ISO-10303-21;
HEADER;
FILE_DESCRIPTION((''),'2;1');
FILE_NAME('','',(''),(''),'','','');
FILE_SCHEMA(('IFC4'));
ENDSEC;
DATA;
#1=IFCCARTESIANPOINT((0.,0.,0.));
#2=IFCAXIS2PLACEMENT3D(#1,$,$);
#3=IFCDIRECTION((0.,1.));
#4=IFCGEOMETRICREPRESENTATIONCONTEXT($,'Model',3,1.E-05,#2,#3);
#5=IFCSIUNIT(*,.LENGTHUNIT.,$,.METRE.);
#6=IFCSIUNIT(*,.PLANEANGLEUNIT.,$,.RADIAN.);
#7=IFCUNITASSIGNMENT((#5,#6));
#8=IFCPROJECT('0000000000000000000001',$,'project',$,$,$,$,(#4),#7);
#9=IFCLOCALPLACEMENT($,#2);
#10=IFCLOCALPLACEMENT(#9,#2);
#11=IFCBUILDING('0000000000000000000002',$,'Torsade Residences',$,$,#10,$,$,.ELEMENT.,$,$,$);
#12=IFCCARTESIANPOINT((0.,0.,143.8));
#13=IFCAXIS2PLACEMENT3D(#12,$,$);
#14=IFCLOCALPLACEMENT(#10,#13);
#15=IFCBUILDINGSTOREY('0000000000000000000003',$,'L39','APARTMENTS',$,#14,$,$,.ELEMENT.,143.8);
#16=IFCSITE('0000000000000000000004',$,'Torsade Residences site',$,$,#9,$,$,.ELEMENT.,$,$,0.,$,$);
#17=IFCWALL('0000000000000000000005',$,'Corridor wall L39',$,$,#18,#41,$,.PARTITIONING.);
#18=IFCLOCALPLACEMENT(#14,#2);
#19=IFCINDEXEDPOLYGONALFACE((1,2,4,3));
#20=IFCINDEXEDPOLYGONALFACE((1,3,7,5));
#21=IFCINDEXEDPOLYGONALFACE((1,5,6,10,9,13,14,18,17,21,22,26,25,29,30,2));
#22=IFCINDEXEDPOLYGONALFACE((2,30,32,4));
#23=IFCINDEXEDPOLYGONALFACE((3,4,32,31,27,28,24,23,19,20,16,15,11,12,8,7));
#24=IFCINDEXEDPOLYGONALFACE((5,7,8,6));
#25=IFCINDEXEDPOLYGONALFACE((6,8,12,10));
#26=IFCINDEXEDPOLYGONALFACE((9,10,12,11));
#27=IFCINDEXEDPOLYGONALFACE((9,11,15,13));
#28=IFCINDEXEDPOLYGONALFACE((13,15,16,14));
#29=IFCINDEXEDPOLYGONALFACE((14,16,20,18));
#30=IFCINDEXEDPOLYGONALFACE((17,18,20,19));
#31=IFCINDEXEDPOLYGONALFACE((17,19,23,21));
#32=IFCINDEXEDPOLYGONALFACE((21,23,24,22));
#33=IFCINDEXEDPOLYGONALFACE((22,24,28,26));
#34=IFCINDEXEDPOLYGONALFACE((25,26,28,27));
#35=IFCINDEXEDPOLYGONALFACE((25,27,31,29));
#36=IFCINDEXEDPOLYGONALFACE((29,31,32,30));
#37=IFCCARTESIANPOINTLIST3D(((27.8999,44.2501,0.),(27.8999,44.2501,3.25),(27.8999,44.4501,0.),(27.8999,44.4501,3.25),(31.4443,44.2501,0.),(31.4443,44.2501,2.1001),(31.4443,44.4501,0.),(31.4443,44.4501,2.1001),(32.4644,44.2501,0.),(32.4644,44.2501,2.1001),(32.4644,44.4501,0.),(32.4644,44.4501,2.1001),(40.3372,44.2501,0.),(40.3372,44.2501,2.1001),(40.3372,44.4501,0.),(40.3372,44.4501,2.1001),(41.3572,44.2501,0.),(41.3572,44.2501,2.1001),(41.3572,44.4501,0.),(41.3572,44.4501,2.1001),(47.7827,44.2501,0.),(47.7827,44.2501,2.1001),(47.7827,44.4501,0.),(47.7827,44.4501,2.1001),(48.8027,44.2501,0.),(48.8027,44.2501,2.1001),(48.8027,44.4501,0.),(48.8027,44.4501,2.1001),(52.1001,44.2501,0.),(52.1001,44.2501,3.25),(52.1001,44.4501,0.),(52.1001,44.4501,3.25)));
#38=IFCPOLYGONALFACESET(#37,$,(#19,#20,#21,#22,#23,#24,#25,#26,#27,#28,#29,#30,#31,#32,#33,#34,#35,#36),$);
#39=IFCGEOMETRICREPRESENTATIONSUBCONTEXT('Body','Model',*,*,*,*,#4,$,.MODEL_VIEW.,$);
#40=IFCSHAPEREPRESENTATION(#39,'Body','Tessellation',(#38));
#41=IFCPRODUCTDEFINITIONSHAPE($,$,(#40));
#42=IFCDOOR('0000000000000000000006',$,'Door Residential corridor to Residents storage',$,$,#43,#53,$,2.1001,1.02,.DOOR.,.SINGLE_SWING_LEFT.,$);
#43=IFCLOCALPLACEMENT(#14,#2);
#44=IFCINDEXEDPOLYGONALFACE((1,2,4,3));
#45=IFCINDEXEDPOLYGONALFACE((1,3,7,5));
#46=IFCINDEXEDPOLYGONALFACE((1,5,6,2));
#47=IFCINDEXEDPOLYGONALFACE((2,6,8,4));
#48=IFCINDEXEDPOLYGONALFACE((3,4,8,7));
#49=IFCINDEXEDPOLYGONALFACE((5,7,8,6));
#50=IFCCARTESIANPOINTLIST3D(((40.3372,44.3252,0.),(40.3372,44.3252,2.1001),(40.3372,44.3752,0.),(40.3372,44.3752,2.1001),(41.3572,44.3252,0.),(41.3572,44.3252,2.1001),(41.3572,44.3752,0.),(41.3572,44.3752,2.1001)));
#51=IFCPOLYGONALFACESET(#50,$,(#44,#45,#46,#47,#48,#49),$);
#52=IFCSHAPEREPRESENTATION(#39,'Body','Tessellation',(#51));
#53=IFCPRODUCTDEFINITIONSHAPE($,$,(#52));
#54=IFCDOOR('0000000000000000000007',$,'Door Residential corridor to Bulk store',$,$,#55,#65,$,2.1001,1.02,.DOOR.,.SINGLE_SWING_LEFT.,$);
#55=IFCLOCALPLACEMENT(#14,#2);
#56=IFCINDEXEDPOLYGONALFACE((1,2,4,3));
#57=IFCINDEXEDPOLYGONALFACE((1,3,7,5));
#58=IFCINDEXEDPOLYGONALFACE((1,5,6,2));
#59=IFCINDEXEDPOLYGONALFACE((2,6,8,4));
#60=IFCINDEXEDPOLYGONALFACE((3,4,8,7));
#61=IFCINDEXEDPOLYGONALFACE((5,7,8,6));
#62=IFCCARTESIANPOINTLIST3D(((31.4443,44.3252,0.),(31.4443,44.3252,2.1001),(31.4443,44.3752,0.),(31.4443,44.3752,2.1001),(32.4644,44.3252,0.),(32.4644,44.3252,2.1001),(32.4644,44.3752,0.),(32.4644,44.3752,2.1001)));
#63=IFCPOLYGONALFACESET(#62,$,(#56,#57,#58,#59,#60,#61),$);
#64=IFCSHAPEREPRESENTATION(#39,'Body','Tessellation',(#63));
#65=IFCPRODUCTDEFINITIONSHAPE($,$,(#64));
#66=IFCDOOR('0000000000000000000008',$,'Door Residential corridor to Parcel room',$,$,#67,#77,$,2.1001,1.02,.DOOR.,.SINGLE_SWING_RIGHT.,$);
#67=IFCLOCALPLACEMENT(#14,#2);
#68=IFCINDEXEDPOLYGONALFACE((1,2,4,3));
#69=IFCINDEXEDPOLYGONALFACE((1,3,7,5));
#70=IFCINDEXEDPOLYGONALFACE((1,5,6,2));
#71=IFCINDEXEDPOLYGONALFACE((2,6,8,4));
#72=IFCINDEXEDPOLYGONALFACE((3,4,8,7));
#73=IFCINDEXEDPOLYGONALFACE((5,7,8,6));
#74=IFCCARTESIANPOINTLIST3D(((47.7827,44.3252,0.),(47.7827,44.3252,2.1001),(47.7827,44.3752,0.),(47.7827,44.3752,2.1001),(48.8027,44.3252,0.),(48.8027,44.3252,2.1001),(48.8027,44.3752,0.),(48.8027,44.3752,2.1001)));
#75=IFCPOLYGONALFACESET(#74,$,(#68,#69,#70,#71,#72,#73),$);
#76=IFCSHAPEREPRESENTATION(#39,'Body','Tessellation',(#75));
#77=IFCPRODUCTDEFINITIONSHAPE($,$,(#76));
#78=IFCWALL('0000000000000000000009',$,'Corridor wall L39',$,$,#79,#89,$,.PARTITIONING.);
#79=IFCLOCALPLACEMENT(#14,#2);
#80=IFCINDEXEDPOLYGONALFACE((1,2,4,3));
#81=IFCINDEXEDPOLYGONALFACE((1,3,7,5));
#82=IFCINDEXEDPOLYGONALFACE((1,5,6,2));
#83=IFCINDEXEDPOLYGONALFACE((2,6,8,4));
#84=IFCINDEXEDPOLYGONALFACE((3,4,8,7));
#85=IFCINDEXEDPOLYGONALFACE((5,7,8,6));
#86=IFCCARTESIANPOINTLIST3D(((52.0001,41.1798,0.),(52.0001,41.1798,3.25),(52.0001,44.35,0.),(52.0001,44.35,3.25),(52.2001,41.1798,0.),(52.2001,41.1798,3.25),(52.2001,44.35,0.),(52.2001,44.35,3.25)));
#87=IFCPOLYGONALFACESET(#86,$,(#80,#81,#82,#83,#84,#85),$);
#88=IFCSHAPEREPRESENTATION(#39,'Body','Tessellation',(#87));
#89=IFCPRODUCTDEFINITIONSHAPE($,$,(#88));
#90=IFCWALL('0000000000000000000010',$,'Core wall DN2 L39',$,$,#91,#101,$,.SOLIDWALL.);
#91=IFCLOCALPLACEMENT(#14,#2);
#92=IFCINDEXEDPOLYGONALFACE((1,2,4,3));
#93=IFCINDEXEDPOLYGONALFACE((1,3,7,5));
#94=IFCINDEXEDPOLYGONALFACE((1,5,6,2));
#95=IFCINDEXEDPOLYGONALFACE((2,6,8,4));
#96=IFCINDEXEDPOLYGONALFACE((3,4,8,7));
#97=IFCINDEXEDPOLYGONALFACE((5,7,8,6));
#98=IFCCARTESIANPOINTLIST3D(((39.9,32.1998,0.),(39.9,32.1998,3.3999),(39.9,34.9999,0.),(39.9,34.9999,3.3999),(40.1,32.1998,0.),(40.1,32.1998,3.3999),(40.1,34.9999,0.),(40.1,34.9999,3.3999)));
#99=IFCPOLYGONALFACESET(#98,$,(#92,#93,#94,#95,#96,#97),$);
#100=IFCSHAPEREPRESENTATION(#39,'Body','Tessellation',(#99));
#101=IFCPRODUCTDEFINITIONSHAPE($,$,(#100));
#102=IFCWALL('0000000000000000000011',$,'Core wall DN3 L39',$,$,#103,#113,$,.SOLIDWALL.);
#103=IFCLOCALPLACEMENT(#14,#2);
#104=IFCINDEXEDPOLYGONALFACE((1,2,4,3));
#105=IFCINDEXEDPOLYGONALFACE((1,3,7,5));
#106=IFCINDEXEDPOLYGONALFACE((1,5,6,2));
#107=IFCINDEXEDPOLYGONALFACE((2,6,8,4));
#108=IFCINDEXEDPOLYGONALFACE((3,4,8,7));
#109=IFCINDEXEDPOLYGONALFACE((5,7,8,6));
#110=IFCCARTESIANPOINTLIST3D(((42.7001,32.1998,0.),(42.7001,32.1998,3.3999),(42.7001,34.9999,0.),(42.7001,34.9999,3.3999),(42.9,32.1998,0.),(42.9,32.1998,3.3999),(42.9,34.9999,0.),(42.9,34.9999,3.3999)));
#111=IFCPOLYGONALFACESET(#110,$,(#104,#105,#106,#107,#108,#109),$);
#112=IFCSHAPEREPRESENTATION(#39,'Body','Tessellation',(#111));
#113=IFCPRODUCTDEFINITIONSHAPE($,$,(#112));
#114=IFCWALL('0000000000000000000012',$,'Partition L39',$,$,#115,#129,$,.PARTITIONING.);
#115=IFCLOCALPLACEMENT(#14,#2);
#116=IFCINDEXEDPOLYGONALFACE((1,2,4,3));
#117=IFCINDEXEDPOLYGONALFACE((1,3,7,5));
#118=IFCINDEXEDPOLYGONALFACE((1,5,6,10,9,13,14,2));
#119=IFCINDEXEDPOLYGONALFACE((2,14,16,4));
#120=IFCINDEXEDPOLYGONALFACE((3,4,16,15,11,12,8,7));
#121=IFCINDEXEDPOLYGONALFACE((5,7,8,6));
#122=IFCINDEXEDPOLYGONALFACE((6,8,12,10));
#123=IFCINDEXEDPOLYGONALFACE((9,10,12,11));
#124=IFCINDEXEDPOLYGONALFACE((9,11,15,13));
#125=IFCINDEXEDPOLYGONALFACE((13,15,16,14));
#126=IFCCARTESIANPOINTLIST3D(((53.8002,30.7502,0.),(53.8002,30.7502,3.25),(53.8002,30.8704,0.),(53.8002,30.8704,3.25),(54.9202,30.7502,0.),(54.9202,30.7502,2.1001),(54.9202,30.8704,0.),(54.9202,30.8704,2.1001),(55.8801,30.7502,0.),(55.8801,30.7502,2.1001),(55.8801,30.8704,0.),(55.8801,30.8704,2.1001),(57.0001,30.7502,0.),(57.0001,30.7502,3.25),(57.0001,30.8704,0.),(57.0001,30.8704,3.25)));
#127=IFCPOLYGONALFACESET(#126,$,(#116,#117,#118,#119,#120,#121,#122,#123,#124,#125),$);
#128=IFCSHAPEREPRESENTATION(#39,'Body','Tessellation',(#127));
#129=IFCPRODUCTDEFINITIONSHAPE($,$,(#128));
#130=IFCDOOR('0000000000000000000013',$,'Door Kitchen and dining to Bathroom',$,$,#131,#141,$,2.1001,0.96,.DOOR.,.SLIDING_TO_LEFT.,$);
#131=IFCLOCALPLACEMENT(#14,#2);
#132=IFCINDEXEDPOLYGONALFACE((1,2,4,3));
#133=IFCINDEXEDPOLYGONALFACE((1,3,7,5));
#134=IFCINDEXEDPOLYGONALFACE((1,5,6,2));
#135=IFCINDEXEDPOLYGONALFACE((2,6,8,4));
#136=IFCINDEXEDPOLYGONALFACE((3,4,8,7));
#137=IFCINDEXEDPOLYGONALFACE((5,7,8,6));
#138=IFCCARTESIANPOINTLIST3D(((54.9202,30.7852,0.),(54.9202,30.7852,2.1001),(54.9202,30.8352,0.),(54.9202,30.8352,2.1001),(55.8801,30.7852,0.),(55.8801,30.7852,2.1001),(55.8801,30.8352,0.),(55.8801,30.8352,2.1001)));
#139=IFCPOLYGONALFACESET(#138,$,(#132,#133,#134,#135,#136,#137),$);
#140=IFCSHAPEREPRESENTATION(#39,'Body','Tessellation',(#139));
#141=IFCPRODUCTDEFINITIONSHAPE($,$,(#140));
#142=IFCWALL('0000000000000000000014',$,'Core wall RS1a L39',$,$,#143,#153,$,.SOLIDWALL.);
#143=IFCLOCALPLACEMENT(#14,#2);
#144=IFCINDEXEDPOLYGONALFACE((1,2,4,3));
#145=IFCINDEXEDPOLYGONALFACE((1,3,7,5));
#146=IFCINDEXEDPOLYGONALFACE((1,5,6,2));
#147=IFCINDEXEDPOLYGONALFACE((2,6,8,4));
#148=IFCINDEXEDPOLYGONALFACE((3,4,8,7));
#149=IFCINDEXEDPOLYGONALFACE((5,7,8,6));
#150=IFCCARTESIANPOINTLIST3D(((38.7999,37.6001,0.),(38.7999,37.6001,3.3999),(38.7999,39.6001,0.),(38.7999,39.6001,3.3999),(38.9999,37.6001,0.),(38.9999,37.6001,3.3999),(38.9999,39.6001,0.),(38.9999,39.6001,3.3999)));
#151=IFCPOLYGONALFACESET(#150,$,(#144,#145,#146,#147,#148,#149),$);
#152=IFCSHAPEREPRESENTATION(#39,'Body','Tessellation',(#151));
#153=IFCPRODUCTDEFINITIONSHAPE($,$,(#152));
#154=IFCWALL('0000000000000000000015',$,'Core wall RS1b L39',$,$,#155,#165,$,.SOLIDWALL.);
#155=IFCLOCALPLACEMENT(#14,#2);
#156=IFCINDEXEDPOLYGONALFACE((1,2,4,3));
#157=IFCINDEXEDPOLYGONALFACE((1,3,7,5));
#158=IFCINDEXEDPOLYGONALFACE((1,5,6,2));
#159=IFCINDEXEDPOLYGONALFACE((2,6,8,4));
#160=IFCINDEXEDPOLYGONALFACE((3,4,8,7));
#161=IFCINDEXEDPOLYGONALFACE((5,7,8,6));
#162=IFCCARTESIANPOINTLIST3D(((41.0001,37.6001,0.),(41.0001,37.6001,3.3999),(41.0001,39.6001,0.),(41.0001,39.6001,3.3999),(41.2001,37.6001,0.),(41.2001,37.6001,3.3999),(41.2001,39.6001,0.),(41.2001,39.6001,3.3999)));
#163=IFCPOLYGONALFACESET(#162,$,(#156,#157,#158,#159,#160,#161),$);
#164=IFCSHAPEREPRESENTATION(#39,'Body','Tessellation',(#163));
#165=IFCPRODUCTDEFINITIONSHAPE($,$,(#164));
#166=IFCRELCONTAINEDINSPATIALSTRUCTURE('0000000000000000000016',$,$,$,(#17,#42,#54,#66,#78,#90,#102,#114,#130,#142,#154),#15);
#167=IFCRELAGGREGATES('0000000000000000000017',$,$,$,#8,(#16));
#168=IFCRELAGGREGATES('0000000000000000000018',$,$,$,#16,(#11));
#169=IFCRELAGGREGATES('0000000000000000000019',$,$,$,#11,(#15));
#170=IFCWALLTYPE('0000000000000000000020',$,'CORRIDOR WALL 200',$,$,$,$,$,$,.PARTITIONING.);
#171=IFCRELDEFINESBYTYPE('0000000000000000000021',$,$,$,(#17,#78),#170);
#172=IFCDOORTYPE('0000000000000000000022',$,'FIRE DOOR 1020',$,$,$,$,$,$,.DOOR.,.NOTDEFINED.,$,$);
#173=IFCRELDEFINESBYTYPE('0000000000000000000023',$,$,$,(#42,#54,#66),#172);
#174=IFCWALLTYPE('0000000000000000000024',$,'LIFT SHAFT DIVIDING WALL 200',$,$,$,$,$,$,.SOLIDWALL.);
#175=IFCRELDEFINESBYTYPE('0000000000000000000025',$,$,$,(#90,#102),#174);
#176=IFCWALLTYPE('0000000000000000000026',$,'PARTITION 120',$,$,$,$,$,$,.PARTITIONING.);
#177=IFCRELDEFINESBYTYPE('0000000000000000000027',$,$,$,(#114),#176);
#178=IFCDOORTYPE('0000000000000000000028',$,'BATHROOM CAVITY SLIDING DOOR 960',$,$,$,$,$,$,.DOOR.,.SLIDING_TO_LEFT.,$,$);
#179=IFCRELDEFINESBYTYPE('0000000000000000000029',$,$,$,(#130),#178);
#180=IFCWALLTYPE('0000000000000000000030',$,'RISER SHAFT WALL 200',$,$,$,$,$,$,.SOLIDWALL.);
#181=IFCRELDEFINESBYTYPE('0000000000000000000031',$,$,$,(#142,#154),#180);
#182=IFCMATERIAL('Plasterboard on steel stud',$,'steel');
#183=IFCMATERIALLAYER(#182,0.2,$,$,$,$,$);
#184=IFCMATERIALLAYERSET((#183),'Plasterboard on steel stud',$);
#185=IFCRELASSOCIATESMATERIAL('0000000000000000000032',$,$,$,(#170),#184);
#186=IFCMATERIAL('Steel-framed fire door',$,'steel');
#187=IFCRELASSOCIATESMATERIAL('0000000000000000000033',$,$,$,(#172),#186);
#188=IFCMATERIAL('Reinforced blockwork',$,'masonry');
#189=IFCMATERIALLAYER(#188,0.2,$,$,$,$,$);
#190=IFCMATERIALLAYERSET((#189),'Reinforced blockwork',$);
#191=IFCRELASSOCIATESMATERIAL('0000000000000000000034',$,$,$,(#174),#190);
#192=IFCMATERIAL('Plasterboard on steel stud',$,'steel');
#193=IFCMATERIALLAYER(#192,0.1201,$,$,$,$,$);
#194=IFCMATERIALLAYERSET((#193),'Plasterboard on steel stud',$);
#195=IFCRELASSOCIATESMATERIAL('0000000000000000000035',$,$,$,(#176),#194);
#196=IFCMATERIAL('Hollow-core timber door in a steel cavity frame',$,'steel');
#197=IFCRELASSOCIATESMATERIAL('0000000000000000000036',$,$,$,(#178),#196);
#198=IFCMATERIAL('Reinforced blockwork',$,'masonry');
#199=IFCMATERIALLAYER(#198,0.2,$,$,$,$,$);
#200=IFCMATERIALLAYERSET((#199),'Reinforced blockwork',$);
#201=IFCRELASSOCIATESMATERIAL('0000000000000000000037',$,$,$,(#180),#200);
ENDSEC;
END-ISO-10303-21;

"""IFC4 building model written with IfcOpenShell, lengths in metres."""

from ifc_helpers import new_model, si_unit, direction, frame, frame_2d, origin, place, context, subcontext, project, spatial, rectangle, extrude, material, layer, layer_set, type_object, element, fill, save


model = new_model("IFC4")

# Units and contexts
model_context = context("Model", 3, precision=1e-05, world=origin(), true_north=direction((0.0, 1.0)))
body_context = subcontext(model_context, "Body", "Model", "MODEL_VIEW")
ifc_project = project(units=[si_unit("LENGTHUNIT", "METRE"), si_unit("PLANEANGLEUNIT", "RADIAN")], contexts=[model_context])

# Site, building, storey
site_placement = place(None, origin())
site = spatial("IfcSite", under=ifc_project, at=site_placement, Name="Torsade Residences site", CompositionType="ELEMENT", RefElevation=0.0)
building_placement = place(site_placement, origin())
building = spatial("IfcBuilding", under=site, at=building_placement, Name="Torsade Residences", CompositionType="ELEMENT")
storey_placement = place(building_placement, frame((0.0, 0.0, 143.8)))
storey = spatial("IfcBuildingStorey", under=building, at=storey_placement, Name="L39", Description="APARTMENTS", CompositionType="ELEMENT", Elevation=143.8)

# Shared definitions
ifc_material_1 = material(Name="Plasterboard on steel stud", Category="steel")
ifc_layer_1 = layer(ifc_material_1, 0.2)
ifc_layer_set_1 = layer_set([ifc_layer_1], Name="Plasterboard on steel stud")
wall_type_1 = type_object("IfcWallType", Name="CORRIDOR WALL 200", PredefinedType="PARTITIONING", material=ifc_layer_set_1)

# Wall, openings, doors
wall_1_placement = place(storey_placement, frame((52.1001, 44.3501, 0.0), z_axis=(0.0, 0.0, 1.0), x_axis=(-1.0, 0.0, 0.0)))
wall_1 = element("IfcWall", 1, at=wall_1_placement, inside=storey, type_object=wall_type_1, Name="Corridor wall L39", PredefinedType="PARTITIONING", context=body_context, shape_type="SweptSolid", body=[
    extrude(rectangle(XDim=24.2002, YDim=0.2, at=frame_2d((12.1001, 0.0))), origin(), (0.0, 0.0, 1.0), 3.25),
])
opening_1_placement = place(wall_1_placement, frame((10.7429, 0.0, 0.0)))
opening_1 = element("IfcOpeningElement", 2, at=opening_1_placement, cuts=wall_1, PredefinedType="OPENING", context=body_context, shape_type="SweptSolid", body=[
    extrude(rectangle(XDim=1.02, YDim=2.1001, at=frame_2d((0.51, 1.05))), frame((0.0, 0.1099, 0.0), z_axis=(0.0, -1.0, 0.0), x_axis=(1.0, 0.0, 0.0)), (0.0, 0.0, 1.0), 0.22),
])
opening_2_placement = place(wall_1_placement, frame((19.6357, 0.0, 0.0)))
opening_2 = element("IfcOpeningElement", 3, at=opening_2_placement, cuts=wall_1, PredefinedType="OPENING", context=body_context, shape_type="SweptSolid", body=[
    extrude(rectangle(XDim=1.02, YDim=2.1001, at=frame_2d((0.51, 1.05))), frame((0.0, 0.1099, 0.0), z_axis=(0.0, -1.0, 0.0), x_axis=(1.0, 0.0, 0.0)), (0.0, 0.0, 1.0), 0.22),
])
opening_3_placement = place(wall_1_placement, frame((3.2974, 0.0, 0.0)))
opening_3 = element("IfcOpeningElement", 4, at=opening_3_placement, cuts=wall_1, PredefinedType="OPENING", context=body_context, shape_type="SweptSolid", body=[
    extrude(rectangle(XDim=1.02, YDim=2.1001, at=frame_2d((0.51, 1.05))), frame((0.0, 0.1099, 0.0), z_axis=(0.0, -1.0, 0.0), x_axis=(1.0, 0.0, 0.0)), (0.0, 0.0, 1.0), 0.22),
])
ifc_material_2 = material(Name="Steel-framed fire door", Category="steel")
door_type_1 = type_object("IfcDoorType", Name="FIRE DOOR 1020", OperationType="NOTDEFINED", PredefinedType="DOOR", material=ifc_material_2)
door_1_placement = place(opening_1_placement, origin())
door_1 = element("IfcDoor", 5, at=door_1_placement, inside=storey, type_object=door_type_1, Name="Door Residential corridor to Residents storage", OperationType="SINGLE_SWING_LEFT", OverallHeight=2.1001, OverallWidth=1.02, PredefinedType="DOOR", context=body_context, shape_type="SweptSolid", body=[
    extrude(rectangle(XDim=1.02, YDim=2.1001, at=frame_2d((0.51, 1.05))), frame((0.0, 0.0249, 0.0), z_axis=(0.0, -1.0, 0.0), x_axis=(1.0, 0.0, 0.0)), (0.0, 0.0, 1.0), 0.05),
])
fill(opening_1, door_1)
door_2_placement = place(opening_2_placement, origin())
door_2 = element("IfcDoor", 6, at=door_2_placement, inside=storey, type_object=door_type_1, Name="Door Residential corridor to Bulk store", OperationType="SINGLE_SWING_LEFT", OverallHeight=2.1001, OverallWidth=1.02, PredefinedType="DOOR", context=body_context, shape_type="SweptSolid", body=[
    extrude(rectangle(XDim=1.02, YDim=2.1001, at=frame_2d((0.51, 1.05))), frame((0.0, 0.0249, 0.0), z_axis=(0.0, -1.0, 0.0), x_axis=(1.0, 0.0, 0.0)), (0.0, 0.0, 1.0), 0.05),
])
fill(opening_2, door_2)
door_3_placement = place(opening_3_placement, origin())
door_3 = element("IfcDoor", 7, at=door_3_placement, inside=storey, type_object=door_type_1, Name="Door Residential corridor to Parcel room", OperationType="SINGLE_SWING_RIGHT", OverallHeight=2.1001, OverallWidth=1.02, PredefinedType="DOOR", context=body_context, shape_type="SweptSolid", body=[
    extrude(rectangle(XDim=1.02, YDim=2.1001, at=frame_2d((0.51, 1.05))), frame((0.0, 0.0249, 0.0), z_axis=(0.0, -1.0, 0.0), x_axis=(1.0, 0.0, 0.0)), (0.0, 0.0, 1.0), 0.05),
])
fill(opening_3, door_3)

# Walls
wall_2_placement = place(storey_placement, frame((52.1001, 41.1799, 0.0), z_axis=(0.0, 0.0, 1.0), x_axis=(0.0, 1.0, 0.0)))
element("IfcWall", 8, at=wall_2_placement, inside=storey, type_object=wall_type_1, Name="Corridor wall L39", PredefinedType="PARTITIONING", context=body_context, shape_type="SweptSolid", body=[
    extrude(rectangle(XDim=3.1702, YDim=0.2, at=frame_2d((1.585, 0.0))), origin(), (0.0, 0.0, 1.0), 3.25),
])
ifc_material_3 = material(Name="Reinforced blockwork", Category="masonry")
ifc_layer_2 = layer(ifc_material_3, 0.2)
ifc_layer_set_2 = layer_set([ifc_layer_2], Name="Reinforced blockwork")
wall_type_2 = type_object("IfcWallType", Name="LIFT SHAFT DIVIDING WALL 200", PredefinedType="SOLIDWALL", material=ifc_layer_set_2)
for number, where, z_axis, x_axis, name in (
    (9, (40.0, 32.2, 0.0), (0.0, 0.0, 1.0), (0.0, 1.0, 0.0), "Core wall DN2 L39"),
    (10, (42.8, 32.2, 0.0), (0.0, 0.0, 1.0), (0.0, 1.0, 0.0), "Core wall DN3 L39"),
):
    element("IfcWall", number, at=place(storey_placement, frame(where, z_axis=z_axis, x_axis=x_axis)), inside=storey, type_object=wall_type_2, Name=name, PredefinedType="SOLIDWALL", context=body_context, shape_type="SweptSolid", body=[
        extrude(rectangle(XDim=2.8, YDim=0.2, at=frame_2d((1.3999, 0.0))), origin(), (0.0, 0.0, 1.0), 3.3999),
    ])

# Wall, opening, door
ifc_material_4 = material(Name="Plasterboard on steel stud", Category="steel")
ifc_layer_3 = layer(ifc_material_4, 0.1201)
ifc_layer_set_3 = layer_set([ifc_layer_3], Name="Plasterboard on steel stud")
wall_type_3 = type_object("IfcWallType", Name="PARTITION 120", PredefinedType="PARTITIONING", material=ifc_layer_set_3)
wall_3_placement = place(storey_placement, frame((53.8, 30.8103, 0.0), z_axis=(0.0, 0.0, 1.0), x_axis=(1.0, 0.0, 0.0)))
wall_3 = element("IfcWall", 11, at=wall_3_placement, inside=storey, type_object=wall_type_3, Name="Partition L39", PredefinedType="PARTITIONING", context=body_context, shape_type="SweptSolid", body=[
    extrude(rectangle(XDim=3.2, YDim=0.1201, at=frame_2d((1.6001, 0.0))), origin(), (0.0, 0.0, 1.0), 3.25),
])
opening_4_placement = place(wall_3_placement, frame((1.1201, 0.0, 0.0)))
opening_4 = element("IfcOpeningElement", 12, at=opening_4_placement, cuts=wall_3, PredefinedType="OPENING", context=body_context, shape_type="SweptSolid", body=[
    extrude(rectangle(XDim=0.96, YDim=2.1001, at=frame_2d((0.48, 1.05))), frame((0.0, 0.0701, 0.0), z_axis=(0.0, -1.0, 0.0), x_axis=(1.0, 0.0, 0.0)), (0.0, 0.0, 1.0), 0.1401),
])
ifc_material_5 = material(Name="Hollow-core timber door in a steel cavity frame", Category="steel")
door_type_2 = type_object("IfcDoorType", Name="BATHROOM CAVITY SLIDING DOOR 960", OperationType="SLIDING_TO_LEFT", PredefinedType="DOOR", material=ifc_material_5)
door_4_placement = place(opening_4_placement, origin())
door_4 = element("IfcDoor", 13, at=door_4_placement, inside=storey, type_object=door_type_2, Name="Door Kitchen and dining to Bathroom", OperationType="SLIDING_TO_LEFT", OverallHeight=2.1001, OverallWidth=0.96, PredefinedType="DOOR", context=body_context, shape_type="SweptSolid", body=[
    extrude(rectangle(XDim=0.96, YDim=2.1001, at=frame_2d((0.48, 1.05))), frame((0.0, 0.0249, 0.0), z_axis=(0.0, -1.0, 0.0), x_axis=(1.0, 0.0, 0.0)), (0.0, 0.0, 1.0), 0.05),
])
fill(opening_4, door_4)

# Walls
ifc_material_6 = material(Name="Reinforced blockwork", Category="masonry")
ifc_layer_4 = layer(ifc_material_6, 0.2)
ifc_layer_set_4 = layer_set([ifc_layer_4], Name="Reinforced blockwork")
wall_type_4 = type_object("IfcWallType", Name="RISER SHAFT WALL 200", PredefinedType="SOLIDWALL", material=ifc_layer_set_4)
for number, where, z_axis, x_axis, name in (
    (14, (38.8999, 37.6001, 0.0), (0.0, 0.0, 1.0), (0.0, 1.0, 0.0), "Core wall RS1a L39"),
    (15, (41.1001, 37.6001, 0.0), (0.0, 0.0, 1.0), (0.0, 1.0, 0.0), "Core wall RS1b L39"),
):
    element("IfcWall", number, at=place(storey_placement, frame(where, z_axis=z_axis, x_axis=x_axis)), inside=storey, type_object=wall_type_4, Name=name, PredefinedType="SOLIDWALL", context=body_context, shape_type="SweptSolid", body=[
        extrude(rectangle(XDim=2.0, YDim=0.2, at=frame_2d((1.0, 0.0))), origin(), (0.0, 0.0, 1.0), 3.3999),
    ])

save(model, "model.ifc")
